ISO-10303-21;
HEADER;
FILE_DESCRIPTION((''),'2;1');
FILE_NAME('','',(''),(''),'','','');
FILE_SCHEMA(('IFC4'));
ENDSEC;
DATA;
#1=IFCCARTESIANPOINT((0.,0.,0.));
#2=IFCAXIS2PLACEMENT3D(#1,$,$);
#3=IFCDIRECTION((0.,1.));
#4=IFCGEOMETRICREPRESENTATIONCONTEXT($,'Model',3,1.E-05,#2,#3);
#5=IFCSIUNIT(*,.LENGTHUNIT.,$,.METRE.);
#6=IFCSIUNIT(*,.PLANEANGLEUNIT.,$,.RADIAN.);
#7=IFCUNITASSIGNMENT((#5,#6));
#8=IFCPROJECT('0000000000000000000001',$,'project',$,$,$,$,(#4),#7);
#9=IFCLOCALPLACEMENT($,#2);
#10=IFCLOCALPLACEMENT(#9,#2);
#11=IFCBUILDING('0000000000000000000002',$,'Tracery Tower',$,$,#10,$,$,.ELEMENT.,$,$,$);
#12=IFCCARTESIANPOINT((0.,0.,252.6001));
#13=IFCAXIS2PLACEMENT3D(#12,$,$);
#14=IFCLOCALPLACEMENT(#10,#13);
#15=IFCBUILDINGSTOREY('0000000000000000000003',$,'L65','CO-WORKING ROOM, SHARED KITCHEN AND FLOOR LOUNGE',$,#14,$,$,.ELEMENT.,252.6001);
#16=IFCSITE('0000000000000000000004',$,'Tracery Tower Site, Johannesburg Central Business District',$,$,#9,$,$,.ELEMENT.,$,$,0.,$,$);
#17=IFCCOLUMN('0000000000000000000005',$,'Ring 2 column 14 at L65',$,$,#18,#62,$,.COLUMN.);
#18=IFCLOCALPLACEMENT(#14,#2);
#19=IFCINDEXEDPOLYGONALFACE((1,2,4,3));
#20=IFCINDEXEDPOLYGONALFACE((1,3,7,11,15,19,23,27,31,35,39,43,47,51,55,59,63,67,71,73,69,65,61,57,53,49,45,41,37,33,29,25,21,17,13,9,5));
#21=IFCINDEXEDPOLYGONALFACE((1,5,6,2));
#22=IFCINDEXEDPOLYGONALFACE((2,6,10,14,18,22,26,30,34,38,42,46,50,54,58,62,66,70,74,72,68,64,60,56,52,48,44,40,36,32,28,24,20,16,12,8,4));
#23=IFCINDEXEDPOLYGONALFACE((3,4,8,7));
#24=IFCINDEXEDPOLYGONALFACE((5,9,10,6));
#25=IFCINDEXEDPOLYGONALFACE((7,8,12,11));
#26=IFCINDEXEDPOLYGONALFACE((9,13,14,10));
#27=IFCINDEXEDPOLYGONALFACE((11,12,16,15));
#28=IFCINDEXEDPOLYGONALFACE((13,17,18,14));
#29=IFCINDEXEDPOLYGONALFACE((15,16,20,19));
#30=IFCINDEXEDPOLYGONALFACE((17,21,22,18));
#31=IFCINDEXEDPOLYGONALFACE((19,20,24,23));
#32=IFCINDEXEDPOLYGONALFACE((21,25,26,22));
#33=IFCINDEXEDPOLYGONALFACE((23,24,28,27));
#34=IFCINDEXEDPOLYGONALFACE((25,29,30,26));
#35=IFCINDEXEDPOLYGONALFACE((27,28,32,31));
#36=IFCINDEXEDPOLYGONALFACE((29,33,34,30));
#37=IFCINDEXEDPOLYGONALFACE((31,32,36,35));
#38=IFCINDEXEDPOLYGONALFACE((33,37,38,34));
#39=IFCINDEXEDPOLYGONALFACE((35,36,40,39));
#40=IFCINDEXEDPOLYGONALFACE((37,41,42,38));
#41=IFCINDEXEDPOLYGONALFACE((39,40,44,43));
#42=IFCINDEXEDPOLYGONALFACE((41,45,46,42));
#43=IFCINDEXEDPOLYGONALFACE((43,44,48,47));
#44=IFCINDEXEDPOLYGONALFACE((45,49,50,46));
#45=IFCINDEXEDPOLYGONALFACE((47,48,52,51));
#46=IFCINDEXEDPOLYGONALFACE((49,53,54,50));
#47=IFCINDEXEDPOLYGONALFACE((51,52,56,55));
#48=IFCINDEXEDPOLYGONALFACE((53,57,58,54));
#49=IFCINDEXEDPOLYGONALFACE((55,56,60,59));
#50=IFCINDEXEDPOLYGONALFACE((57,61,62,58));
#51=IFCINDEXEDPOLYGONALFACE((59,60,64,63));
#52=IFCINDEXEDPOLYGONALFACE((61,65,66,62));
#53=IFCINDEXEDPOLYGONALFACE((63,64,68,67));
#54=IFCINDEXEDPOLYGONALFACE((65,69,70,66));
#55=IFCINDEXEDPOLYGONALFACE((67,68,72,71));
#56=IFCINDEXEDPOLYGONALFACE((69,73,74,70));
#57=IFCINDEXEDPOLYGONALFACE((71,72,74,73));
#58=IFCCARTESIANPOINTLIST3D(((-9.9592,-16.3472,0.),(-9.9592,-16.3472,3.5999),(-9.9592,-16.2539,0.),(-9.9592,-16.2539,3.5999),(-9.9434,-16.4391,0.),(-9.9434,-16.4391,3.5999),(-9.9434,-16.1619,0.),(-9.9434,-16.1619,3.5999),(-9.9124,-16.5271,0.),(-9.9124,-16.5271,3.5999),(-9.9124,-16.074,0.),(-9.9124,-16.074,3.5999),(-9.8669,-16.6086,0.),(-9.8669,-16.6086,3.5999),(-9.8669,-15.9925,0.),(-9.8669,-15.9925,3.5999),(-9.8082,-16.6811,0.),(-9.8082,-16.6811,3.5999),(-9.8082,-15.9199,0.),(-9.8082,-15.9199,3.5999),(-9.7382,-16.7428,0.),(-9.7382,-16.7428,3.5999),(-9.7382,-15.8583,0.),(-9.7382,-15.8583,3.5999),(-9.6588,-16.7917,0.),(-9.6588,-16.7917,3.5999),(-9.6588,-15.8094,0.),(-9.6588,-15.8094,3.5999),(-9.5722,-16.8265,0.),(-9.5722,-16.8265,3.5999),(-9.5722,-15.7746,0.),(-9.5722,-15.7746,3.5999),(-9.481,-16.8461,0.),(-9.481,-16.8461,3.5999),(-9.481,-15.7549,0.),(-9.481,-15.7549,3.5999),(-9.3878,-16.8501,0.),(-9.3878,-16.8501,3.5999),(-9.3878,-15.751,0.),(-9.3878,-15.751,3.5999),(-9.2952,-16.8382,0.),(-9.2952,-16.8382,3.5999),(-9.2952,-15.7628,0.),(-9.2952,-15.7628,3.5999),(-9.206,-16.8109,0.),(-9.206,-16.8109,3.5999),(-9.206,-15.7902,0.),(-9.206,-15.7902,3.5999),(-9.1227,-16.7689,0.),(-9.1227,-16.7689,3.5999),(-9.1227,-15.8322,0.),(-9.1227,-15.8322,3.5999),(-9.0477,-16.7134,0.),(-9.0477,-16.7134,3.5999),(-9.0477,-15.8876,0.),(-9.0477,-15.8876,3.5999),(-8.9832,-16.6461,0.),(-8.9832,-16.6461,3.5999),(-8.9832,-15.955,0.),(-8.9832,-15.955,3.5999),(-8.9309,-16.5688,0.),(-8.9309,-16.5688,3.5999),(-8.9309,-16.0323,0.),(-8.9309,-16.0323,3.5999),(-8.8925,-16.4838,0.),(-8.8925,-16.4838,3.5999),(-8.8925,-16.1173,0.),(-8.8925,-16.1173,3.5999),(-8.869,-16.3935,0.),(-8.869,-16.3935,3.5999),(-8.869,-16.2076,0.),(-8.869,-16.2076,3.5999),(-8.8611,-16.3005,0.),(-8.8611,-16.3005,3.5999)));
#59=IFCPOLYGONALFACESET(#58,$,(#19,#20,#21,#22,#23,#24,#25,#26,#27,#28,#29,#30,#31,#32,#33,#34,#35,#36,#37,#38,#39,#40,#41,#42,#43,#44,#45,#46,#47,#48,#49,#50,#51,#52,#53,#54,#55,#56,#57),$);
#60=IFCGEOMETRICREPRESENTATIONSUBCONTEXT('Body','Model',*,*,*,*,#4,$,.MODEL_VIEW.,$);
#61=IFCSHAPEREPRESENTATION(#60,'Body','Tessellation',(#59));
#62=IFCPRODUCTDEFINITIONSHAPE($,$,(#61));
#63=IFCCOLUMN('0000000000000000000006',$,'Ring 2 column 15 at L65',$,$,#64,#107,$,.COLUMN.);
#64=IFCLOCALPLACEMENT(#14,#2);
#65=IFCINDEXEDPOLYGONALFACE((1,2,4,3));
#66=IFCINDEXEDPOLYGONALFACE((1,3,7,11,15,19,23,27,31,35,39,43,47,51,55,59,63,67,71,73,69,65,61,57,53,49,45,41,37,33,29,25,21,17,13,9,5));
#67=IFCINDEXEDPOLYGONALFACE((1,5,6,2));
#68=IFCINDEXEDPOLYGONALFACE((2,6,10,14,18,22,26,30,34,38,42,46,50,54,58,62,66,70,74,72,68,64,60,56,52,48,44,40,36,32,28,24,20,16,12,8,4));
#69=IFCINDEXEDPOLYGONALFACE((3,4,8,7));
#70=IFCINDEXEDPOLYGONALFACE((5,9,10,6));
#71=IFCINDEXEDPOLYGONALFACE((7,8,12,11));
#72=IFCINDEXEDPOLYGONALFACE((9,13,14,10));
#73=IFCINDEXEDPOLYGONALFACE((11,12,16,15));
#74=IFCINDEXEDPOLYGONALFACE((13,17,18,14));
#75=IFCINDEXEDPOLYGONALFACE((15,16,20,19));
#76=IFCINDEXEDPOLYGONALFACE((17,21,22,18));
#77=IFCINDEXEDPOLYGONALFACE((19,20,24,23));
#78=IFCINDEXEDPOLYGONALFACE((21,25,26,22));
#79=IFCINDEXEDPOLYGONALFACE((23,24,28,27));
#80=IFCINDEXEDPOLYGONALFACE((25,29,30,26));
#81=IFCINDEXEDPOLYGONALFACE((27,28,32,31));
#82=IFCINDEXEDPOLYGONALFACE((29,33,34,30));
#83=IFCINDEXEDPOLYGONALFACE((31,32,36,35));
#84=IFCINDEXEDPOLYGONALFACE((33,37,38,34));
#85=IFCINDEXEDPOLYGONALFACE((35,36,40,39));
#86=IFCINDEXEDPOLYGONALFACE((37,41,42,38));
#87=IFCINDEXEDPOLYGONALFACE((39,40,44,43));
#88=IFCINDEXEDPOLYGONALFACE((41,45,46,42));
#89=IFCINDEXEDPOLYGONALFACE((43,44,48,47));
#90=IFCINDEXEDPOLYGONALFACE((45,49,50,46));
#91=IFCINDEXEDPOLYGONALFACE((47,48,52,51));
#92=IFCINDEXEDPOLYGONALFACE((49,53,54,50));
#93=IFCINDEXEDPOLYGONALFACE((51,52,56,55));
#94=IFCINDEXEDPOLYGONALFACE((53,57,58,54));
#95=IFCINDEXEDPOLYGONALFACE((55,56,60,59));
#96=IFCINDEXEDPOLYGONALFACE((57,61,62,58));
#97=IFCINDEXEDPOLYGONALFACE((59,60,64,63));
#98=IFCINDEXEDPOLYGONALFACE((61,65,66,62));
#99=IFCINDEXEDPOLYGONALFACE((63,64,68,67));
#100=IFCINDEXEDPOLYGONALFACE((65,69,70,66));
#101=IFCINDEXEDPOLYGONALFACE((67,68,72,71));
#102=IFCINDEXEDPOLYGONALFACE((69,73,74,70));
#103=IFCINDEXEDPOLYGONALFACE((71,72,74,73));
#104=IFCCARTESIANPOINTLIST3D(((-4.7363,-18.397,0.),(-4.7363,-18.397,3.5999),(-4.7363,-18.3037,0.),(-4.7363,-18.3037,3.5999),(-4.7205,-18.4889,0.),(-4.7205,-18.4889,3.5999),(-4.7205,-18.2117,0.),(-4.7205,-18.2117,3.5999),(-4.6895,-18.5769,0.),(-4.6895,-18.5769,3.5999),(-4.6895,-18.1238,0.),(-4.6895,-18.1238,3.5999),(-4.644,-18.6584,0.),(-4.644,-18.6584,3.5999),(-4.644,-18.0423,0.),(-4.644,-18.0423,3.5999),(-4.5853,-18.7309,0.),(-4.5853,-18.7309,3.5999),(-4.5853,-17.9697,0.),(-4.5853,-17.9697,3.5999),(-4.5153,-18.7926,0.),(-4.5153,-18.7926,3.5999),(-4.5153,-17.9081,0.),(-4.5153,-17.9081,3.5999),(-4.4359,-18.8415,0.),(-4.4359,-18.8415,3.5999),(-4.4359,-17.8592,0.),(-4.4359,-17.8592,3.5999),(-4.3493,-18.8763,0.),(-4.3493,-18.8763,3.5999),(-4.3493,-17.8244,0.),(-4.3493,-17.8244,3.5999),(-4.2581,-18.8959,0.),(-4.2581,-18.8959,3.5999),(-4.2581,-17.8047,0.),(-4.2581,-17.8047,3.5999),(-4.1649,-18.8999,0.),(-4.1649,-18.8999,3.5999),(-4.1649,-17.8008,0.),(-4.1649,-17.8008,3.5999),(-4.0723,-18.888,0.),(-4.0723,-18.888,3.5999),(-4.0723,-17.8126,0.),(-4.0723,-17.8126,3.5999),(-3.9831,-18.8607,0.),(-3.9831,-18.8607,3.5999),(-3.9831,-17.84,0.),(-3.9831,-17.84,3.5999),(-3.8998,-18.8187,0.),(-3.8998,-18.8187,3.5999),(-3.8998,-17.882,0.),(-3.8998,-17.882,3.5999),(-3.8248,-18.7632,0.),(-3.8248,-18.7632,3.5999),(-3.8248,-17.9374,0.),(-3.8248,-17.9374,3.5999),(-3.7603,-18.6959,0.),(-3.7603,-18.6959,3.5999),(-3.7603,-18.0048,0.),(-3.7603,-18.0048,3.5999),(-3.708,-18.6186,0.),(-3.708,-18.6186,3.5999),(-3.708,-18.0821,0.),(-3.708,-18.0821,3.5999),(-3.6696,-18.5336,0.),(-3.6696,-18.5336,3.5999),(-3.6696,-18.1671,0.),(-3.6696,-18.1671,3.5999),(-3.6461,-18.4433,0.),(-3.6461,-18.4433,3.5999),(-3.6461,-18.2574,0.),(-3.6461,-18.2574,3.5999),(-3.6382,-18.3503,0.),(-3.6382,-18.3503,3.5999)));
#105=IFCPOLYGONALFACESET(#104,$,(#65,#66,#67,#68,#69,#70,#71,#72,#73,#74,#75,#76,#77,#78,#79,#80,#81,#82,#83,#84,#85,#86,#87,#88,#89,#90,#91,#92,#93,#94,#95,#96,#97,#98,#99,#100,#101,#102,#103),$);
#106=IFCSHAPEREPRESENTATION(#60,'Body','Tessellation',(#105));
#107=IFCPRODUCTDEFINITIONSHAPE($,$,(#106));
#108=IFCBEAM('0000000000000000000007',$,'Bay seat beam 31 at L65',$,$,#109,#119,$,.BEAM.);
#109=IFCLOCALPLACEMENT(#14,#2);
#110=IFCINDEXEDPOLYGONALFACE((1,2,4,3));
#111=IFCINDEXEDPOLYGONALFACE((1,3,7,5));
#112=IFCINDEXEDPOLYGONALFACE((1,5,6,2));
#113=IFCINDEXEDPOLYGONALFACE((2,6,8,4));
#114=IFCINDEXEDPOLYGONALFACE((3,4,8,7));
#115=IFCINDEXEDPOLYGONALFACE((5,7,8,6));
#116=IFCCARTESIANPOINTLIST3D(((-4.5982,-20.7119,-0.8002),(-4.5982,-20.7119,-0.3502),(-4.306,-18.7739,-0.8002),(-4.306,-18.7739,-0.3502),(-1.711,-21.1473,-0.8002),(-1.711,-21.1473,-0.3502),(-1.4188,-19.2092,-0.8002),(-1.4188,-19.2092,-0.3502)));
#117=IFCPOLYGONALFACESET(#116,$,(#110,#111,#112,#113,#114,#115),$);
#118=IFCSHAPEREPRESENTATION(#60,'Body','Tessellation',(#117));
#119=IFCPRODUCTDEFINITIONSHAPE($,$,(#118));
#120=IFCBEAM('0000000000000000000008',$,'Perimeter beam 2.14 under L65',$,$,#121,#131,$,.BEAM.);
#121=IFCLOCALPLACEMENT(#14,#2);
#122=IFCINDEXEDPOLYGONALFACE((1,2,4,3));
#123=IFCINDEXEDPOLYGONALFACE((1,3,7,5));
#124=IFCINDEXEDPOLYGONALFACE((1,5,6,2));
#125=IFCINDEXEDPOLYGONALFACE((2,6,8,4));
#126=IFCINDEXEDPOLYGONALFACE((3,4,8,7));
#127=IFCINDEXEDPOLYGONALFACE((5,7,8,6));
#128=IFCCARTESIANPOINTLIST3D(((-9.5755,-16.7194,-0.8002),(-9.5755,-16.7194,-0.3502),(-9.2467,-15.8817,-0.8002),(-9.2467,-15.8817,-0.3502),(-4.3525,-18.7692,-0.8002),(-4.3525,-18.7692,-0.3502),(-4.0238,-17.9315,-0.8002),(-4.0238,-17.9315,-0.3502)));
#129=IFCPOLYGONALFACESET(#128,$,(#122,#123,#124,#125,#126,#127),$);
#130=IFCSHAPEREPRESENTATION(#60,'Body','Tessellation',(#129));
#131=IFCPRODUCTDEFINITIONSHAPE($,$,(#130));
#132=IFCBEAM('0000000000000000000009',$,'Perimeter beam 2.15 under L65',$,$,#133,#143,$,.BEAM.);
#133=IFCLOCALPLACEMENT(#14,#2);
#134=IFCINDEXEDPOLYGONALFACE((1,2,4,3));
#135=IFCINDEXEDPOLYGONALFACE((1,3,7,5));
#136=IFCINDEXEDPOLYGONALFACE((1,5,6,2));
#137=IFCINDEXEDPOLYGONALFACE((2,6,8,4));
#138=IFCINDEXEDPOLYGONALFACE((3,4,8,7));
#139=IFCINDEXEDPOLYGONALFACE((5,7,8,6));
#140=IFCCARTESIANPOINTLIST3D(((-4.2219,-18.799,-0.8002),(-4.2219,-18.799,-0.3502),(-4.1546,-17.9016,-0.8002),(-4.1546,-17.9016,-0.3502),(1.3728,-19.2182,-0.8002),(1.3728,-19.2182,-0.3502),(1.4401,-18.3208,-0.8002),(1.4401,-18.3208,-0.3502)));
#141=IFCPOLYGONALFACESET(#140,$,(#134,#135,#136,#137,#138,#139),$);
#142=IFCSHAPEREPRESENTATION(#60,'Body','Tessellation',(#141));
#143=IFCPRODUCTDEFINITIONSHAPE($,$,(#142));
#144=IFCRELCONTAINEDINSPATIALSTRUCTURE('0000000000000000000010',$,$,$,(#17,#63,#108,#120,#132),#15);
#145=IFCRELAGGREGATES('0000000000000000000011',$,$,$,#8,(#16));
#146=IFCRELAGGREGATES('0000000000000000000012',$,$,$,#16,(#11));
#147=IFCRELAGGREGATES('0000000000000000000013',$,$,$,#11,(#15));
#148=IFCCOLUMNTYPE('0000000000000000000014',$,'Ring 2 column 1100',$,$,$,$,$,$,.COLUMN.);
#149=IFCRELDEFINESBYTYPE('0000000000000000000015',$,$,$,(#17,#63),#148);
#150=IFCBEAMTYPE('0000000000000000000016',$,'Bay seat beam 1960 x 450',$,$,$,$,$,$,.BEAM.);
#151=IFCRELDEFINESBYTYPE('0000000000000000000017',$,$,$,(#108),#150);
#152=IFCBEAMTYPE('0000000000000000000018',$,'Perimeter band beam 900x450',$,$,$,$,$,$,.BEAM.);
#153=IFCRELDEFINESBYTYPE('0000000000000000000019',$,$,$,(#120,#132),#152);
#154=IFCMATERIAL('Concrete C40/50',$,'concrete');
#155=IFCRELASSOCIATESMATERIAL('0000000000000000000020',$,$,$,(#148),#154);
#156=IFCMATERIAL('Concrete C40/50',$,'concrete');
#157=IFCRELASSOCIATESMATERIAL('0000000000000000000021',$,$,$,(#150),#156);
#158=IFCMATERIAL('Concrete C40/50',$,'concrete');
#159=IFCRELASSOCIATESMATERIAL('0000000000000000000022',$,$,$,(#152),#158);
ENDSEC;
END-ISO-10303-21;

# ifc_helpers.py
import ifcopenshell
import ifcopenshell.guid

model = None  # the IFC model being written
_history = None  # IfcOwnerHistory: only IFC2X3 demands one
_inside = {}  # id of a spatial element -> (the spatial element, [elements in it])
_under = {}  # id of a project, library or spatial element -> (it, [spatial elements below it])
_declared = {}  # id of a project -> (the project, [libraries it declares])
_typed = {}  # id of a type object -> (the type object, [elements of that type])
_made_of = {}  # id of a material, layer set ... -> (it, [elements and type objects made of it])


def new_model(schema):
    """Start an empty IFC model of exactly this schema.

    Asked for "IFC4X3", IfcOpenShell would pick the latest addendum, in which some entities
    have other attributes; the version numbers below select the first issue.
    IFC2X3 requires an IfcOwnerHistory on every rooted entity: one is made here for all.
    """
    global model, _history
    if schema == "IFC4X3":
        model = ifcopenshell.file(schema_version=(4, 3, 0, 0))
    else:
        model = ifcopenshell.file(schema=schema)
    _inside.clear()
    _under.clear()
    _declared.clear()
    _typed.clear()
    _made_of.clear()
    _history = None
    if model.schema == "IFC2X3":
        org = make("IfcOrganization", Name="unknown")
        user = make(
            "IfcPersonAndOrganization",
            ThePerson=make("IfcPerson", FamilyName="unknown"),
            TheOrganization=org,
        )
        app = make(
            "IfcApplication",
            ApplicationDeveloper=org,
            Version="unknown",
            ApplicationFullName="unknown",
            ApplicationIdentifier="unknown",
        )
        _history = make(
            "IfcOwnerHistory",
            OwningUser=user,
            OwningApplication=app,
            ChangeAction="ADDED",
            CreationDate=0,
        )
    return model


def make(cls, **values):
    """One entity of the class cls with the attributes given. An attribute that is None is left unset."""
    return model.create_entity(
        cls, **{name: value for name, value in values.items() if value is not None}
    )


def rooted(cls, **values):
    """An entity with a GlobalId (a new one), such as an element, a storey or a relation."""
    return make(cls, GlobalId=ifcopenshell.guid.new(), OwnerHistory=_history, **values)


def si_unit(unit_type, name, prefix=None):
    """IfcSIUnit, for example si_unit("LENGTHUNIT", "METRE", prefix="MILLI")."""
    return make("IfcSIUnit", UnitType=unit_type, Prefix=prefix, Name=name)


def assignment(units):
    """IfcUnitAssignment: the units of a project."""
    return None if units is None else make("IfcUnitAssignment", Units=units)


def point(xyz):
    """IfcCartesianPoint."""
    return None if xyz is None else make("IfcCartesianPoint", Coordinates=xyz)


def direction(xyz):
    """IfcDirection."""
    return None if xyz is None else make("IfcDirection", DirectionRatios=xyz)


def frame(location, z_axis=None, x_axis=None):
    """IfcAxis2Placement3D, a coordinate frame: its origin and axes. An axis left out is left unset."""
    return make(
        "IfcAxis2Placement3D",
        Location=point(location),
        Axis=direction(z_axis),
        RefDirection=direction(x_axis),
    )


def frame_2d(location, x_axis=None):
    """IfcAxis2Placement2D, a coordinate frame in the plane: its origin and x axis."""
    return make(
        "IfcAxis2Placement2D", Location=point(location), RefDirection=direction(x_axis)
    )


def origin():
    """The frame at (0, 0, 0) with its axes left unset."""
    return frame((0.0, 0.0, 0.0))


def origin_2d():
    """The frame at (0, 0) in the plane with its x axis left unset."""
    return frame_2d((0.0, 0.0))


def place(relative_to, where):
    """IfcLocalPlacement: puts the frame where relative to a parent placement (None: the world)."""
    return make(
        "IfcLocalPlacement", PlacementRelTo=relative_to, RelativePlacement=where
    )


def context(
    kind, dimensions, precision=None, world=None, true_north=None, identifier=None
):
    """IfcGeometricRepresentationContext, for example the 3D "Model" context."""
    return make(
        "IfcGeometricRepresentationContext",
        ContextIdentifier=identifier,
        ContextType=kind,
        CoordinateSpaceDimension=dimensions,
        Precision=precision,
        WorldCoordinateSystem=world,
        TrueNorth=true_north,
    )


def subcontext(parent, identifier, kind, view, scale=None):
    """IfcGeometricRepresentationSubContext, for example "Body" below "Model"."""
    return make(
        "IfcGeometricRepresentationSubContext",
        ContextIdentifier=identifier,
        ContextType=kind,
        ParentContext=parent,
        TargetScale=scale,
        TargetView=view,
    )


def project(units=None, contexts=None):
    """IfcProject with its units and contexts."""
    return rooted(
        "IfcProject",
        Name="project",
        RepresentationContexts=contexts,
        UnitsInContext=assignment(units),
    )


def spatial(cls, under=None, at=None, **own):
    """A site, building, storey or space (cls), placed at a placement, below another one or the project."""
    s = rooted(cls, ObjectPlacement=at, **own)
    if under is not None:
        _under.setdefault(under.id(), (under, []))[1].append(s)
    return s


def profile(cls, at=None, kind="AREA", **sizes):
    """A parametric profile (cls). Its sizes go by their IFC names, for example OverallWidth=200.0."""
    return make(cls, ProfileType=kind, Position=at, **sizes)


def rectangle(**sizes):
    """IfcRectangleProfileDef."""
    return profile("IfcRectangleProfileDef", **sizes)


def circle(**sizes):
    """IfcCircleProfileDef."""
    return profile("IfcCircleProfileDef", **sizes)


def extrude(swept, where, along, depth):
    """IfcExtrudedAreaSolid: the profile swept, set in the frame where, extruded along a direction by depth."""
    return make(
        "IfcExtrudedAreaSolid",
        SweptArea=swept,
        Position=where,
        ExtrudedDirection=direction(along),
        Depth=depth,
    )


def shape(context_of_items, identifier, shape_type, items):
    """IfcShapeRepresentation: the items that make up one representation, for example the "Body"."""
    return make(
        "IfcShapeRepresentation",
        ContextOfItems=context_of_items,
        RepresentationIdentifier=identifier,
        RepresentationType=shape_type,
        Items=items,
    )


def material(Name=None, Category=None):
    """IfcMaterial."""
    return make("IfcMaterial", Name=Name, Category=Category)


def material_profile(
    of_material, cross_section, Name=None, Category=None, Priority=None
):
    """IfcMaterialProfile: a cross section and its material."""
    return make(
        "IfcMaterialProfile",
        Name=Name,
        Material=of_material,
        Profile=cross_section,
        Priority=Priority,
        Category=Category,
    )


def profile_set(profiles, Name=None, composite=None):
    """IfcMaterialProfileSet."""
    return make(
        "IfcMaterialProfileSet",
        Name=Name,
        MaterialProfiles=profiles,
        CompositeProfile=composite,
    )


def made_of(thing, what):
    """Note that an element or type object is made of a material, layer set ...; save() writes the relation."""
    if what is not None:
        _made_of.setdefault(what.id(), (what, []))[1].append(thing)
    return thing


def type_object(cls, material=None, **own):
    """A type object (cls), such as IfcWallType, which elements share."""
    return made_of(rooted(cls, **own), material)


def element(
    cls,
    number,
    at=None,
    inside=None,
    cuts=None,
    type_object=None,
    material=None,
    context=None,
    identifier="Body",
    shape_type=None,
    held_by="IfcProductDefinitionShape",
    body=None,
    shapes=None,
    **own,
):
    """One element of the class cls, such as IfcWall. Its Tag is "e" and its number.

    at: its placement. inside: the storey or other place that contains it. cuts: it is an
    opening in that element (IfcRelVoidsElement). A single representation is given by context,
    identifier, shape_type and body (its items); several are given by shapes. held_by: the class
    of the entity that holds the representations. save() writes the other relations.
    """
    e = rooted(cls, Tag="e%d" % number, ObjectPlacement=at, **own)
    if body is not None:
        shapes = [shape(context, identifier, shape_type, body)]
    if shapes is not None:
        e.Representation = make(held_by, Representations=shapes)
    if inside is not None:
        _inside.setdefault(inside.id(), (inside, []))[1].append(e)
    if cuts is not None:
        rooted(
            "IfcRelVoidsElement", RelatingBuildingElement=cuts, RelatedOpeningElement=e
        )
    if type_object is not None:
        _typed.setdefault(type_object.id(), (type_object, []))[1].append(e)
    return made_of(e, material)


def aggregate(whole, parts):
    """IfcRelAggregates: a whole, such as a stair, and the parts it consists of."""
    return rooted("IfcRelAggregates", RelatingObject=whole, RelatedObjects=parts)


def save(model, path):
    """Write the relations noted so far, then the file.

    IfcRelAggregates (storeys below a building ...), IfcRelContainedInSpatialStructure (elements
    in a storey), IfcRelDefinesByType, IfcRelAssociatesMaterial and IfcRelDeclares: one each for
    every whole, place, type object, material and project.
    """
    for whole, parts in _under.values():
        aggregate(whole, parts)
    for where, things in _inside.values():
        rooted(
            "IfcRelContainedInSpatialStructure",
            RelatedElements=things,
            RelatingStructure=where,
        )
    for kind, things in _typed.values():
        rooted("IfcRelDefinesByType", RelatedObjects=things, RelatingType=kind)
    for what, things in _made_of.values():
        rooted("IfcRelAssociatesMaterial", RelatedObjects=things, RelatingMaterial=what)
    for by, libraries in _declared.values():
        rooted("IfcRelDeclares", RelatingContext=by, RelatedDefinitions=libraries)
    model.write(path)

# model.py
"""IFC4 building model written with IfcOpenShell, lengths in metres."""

from ifc_helpers import new_model, si_unit, direction, frame, origin, origin_2d, place, context, subcontext, project, spatial, rectangle, circle, extrude, material, material_profile, profile_set, type_object, element, save


model = new_model("IFC4")

# Units and contexts
model_context = context("Model", 3, precision=1e-05, world=origin(), true_north=direction((0.0, 1.0)))
body_context = subcontext(model_context, "Body", "Model", "MODEL_VIEW")
ifc_project = project(units=[si_unit("LENGTHUNIT", "METRE"), si_unit("PLANEANGLEUNIT", "RADIAN")], contexts=[model_context])

# Site, building, storey
site_placement = place(None, origin())
site = spatial("IfcSite", under=ifc_project, at=site_placement, Name="Tracery Tower Site, Johannesburg Central Business District", CompositionType="ELEMENT", RefElevation=0.0)
building_placement = place(site_placement, origin())
building = spatial("IfcBuilding", under=site, at=building_placement, Name="Tracery Tower", CompositionType="ELEMENT")
storey_placement = place(building_placement, frame((0.0, 0.0, 252.6001)))
storey = spatial("IfcBuildingStorey", under=building, at=storey_placement, Name="L65", Description="CO-WORKING ROOM, SHARED KITCHEN AND FLOOR LOUNGE", CompositionType="ELEMENT", Elevation=252.6001)

# Columns
ifc_material_1 = material(Name="Concrete C40/50", Category="concrete")
ifc_material_profile_1 = material_profile(ifc_material_1, circle(Radius=0.55, at=origin_2d()), Name="RC D1100")
ifc_profile_set_1 = profile_set([ifc_material_profile_1], Name="Concrete C40/50")
column_type = type_object("IfcColumnType", Name="Ring 2 column 1100", PredefinedType="COLUMN", material=ifc_profile_set_1)
for number, where, z_axis, x_axis, name in (
    (1, (-9.4111, -16.3005, 0.0), (0.0, 0.0, 1.0), (1.0, 0.0, 0.0), "Ring 2 column 14 at L65"),
    (2, (-4.1882, -18.3503, 0.0), (0.0, 0.0, 1.0), (1.0, 0.0, 0.0), "Ring 2 column 15 at L65"),
):
    element("IfcColumn", number, at=place(storey_placement, frame(where, z_axis=z_axis, x_axis=x_axis)), inside=storey, type_object=column_type, Name=name, PredefinedType="COLUMN", context=body_context, shape_type="SweptSolid", body=[
        extrude(circle(Radius=0.55, at=origin_2d()), origin(), (0.0, 0.0, 1.0), 3.5999),
    ])

# Beams
ifc_material_2 = material(Name="Concrete C40/50", Category="concrete")
ifc_material_profile_2 = material_profile(ifc_material_2, rectangle(XDim=1.96, YDim=0.45, at=origin_2d()), Name="RC 1960x450")
ifc_profile_set_2 = profile_set([ifc_material_profile_2], Name="Concrete C40/50")
beam_type_1 = type_object("IfcBeamType", Name="Bay seat beam 1960 x 450", PredefinedType="BEAM", material=ifc_profile_set_2)
beam_1_placement = place(storey_placement, frame((-4.4521, -19.7429, -0.5752), z_axis=(0.988824, -0.149085, 0.0), x_axis=(0.149085, 0.988824, 0.0)))
element("IfcBeam", 3, at=beam_1_placement, inside=storey, type_object=beam_type_1, Name="Bay seat beam 31 at L65", PredefinedType="BEAM", context=body_context, shape_type="SweptSolid", body=[
    extrude(rectangle(XDim=1.96, YDim=0.45, at=origin_2d()), origin(), (0.0, 0.0, 1.0), 2.9199),
])
ifc_material_3 = material(Name="Concrete C40/50", Category="concrete")
ifc_material_profile_3 = material_profile(ifc_material_3, rectangle(XDim=0.8999, YDim=0.45, at=origin_2d()), Name="RC 900x450")
ifc_profile_set_3 = profile_set([ifc_material_profile_3], Name="Concrete C40/50")
beam_type_2 = type_object("IfcBeamType", Name="Perimeter band beam 900x450", PredefinedType="BEAM", material=ifc_profile_set_3)
beam_2_placement = place(storey_placement, frame((-9.4111, -16.3005, -0.5752), z_axis=(0.930876, -0.365336, 0.0), x_axis=(0.365336, 0.930876, 0.0)))
element("IfcBeam", 4, at=beam_2_placement, inside=storey, type_object=beam_type_2, Name="Perimeter beam 2.14 under L65", PredefinedType="BEAM", context=body_context, shape_type="SweptSolid", body=[
    extrude(rectangle(XDim=0.8999, YDim=0.45, at=origin_2d()), origin(), (0.0, 0.0, 1.0), 5.6108),
])
beam_3_placement = place(storey_placement, frame((-4.1882, -18.3503, -0.5752), z_axis=(0.997205, -0.074716, 0.0), x_axis=(0.074716, 0.997205, 0.0)))
element("IfcBeam", 5, at=beam_3_placement, inside=storey, type_object=beam_type_2, Name="Perimeter beam 2.15 under L65", PredefinedType="BEAM", context=body_context, shape_type="SweptSolid", body=[
    extrude(rectangle(XDim=0.8999, YDim=0.45, at=origin_2d()), origin(), (0.0, 0.0, 1.0), 5.6104),
])

save(model, "model.ifc")
